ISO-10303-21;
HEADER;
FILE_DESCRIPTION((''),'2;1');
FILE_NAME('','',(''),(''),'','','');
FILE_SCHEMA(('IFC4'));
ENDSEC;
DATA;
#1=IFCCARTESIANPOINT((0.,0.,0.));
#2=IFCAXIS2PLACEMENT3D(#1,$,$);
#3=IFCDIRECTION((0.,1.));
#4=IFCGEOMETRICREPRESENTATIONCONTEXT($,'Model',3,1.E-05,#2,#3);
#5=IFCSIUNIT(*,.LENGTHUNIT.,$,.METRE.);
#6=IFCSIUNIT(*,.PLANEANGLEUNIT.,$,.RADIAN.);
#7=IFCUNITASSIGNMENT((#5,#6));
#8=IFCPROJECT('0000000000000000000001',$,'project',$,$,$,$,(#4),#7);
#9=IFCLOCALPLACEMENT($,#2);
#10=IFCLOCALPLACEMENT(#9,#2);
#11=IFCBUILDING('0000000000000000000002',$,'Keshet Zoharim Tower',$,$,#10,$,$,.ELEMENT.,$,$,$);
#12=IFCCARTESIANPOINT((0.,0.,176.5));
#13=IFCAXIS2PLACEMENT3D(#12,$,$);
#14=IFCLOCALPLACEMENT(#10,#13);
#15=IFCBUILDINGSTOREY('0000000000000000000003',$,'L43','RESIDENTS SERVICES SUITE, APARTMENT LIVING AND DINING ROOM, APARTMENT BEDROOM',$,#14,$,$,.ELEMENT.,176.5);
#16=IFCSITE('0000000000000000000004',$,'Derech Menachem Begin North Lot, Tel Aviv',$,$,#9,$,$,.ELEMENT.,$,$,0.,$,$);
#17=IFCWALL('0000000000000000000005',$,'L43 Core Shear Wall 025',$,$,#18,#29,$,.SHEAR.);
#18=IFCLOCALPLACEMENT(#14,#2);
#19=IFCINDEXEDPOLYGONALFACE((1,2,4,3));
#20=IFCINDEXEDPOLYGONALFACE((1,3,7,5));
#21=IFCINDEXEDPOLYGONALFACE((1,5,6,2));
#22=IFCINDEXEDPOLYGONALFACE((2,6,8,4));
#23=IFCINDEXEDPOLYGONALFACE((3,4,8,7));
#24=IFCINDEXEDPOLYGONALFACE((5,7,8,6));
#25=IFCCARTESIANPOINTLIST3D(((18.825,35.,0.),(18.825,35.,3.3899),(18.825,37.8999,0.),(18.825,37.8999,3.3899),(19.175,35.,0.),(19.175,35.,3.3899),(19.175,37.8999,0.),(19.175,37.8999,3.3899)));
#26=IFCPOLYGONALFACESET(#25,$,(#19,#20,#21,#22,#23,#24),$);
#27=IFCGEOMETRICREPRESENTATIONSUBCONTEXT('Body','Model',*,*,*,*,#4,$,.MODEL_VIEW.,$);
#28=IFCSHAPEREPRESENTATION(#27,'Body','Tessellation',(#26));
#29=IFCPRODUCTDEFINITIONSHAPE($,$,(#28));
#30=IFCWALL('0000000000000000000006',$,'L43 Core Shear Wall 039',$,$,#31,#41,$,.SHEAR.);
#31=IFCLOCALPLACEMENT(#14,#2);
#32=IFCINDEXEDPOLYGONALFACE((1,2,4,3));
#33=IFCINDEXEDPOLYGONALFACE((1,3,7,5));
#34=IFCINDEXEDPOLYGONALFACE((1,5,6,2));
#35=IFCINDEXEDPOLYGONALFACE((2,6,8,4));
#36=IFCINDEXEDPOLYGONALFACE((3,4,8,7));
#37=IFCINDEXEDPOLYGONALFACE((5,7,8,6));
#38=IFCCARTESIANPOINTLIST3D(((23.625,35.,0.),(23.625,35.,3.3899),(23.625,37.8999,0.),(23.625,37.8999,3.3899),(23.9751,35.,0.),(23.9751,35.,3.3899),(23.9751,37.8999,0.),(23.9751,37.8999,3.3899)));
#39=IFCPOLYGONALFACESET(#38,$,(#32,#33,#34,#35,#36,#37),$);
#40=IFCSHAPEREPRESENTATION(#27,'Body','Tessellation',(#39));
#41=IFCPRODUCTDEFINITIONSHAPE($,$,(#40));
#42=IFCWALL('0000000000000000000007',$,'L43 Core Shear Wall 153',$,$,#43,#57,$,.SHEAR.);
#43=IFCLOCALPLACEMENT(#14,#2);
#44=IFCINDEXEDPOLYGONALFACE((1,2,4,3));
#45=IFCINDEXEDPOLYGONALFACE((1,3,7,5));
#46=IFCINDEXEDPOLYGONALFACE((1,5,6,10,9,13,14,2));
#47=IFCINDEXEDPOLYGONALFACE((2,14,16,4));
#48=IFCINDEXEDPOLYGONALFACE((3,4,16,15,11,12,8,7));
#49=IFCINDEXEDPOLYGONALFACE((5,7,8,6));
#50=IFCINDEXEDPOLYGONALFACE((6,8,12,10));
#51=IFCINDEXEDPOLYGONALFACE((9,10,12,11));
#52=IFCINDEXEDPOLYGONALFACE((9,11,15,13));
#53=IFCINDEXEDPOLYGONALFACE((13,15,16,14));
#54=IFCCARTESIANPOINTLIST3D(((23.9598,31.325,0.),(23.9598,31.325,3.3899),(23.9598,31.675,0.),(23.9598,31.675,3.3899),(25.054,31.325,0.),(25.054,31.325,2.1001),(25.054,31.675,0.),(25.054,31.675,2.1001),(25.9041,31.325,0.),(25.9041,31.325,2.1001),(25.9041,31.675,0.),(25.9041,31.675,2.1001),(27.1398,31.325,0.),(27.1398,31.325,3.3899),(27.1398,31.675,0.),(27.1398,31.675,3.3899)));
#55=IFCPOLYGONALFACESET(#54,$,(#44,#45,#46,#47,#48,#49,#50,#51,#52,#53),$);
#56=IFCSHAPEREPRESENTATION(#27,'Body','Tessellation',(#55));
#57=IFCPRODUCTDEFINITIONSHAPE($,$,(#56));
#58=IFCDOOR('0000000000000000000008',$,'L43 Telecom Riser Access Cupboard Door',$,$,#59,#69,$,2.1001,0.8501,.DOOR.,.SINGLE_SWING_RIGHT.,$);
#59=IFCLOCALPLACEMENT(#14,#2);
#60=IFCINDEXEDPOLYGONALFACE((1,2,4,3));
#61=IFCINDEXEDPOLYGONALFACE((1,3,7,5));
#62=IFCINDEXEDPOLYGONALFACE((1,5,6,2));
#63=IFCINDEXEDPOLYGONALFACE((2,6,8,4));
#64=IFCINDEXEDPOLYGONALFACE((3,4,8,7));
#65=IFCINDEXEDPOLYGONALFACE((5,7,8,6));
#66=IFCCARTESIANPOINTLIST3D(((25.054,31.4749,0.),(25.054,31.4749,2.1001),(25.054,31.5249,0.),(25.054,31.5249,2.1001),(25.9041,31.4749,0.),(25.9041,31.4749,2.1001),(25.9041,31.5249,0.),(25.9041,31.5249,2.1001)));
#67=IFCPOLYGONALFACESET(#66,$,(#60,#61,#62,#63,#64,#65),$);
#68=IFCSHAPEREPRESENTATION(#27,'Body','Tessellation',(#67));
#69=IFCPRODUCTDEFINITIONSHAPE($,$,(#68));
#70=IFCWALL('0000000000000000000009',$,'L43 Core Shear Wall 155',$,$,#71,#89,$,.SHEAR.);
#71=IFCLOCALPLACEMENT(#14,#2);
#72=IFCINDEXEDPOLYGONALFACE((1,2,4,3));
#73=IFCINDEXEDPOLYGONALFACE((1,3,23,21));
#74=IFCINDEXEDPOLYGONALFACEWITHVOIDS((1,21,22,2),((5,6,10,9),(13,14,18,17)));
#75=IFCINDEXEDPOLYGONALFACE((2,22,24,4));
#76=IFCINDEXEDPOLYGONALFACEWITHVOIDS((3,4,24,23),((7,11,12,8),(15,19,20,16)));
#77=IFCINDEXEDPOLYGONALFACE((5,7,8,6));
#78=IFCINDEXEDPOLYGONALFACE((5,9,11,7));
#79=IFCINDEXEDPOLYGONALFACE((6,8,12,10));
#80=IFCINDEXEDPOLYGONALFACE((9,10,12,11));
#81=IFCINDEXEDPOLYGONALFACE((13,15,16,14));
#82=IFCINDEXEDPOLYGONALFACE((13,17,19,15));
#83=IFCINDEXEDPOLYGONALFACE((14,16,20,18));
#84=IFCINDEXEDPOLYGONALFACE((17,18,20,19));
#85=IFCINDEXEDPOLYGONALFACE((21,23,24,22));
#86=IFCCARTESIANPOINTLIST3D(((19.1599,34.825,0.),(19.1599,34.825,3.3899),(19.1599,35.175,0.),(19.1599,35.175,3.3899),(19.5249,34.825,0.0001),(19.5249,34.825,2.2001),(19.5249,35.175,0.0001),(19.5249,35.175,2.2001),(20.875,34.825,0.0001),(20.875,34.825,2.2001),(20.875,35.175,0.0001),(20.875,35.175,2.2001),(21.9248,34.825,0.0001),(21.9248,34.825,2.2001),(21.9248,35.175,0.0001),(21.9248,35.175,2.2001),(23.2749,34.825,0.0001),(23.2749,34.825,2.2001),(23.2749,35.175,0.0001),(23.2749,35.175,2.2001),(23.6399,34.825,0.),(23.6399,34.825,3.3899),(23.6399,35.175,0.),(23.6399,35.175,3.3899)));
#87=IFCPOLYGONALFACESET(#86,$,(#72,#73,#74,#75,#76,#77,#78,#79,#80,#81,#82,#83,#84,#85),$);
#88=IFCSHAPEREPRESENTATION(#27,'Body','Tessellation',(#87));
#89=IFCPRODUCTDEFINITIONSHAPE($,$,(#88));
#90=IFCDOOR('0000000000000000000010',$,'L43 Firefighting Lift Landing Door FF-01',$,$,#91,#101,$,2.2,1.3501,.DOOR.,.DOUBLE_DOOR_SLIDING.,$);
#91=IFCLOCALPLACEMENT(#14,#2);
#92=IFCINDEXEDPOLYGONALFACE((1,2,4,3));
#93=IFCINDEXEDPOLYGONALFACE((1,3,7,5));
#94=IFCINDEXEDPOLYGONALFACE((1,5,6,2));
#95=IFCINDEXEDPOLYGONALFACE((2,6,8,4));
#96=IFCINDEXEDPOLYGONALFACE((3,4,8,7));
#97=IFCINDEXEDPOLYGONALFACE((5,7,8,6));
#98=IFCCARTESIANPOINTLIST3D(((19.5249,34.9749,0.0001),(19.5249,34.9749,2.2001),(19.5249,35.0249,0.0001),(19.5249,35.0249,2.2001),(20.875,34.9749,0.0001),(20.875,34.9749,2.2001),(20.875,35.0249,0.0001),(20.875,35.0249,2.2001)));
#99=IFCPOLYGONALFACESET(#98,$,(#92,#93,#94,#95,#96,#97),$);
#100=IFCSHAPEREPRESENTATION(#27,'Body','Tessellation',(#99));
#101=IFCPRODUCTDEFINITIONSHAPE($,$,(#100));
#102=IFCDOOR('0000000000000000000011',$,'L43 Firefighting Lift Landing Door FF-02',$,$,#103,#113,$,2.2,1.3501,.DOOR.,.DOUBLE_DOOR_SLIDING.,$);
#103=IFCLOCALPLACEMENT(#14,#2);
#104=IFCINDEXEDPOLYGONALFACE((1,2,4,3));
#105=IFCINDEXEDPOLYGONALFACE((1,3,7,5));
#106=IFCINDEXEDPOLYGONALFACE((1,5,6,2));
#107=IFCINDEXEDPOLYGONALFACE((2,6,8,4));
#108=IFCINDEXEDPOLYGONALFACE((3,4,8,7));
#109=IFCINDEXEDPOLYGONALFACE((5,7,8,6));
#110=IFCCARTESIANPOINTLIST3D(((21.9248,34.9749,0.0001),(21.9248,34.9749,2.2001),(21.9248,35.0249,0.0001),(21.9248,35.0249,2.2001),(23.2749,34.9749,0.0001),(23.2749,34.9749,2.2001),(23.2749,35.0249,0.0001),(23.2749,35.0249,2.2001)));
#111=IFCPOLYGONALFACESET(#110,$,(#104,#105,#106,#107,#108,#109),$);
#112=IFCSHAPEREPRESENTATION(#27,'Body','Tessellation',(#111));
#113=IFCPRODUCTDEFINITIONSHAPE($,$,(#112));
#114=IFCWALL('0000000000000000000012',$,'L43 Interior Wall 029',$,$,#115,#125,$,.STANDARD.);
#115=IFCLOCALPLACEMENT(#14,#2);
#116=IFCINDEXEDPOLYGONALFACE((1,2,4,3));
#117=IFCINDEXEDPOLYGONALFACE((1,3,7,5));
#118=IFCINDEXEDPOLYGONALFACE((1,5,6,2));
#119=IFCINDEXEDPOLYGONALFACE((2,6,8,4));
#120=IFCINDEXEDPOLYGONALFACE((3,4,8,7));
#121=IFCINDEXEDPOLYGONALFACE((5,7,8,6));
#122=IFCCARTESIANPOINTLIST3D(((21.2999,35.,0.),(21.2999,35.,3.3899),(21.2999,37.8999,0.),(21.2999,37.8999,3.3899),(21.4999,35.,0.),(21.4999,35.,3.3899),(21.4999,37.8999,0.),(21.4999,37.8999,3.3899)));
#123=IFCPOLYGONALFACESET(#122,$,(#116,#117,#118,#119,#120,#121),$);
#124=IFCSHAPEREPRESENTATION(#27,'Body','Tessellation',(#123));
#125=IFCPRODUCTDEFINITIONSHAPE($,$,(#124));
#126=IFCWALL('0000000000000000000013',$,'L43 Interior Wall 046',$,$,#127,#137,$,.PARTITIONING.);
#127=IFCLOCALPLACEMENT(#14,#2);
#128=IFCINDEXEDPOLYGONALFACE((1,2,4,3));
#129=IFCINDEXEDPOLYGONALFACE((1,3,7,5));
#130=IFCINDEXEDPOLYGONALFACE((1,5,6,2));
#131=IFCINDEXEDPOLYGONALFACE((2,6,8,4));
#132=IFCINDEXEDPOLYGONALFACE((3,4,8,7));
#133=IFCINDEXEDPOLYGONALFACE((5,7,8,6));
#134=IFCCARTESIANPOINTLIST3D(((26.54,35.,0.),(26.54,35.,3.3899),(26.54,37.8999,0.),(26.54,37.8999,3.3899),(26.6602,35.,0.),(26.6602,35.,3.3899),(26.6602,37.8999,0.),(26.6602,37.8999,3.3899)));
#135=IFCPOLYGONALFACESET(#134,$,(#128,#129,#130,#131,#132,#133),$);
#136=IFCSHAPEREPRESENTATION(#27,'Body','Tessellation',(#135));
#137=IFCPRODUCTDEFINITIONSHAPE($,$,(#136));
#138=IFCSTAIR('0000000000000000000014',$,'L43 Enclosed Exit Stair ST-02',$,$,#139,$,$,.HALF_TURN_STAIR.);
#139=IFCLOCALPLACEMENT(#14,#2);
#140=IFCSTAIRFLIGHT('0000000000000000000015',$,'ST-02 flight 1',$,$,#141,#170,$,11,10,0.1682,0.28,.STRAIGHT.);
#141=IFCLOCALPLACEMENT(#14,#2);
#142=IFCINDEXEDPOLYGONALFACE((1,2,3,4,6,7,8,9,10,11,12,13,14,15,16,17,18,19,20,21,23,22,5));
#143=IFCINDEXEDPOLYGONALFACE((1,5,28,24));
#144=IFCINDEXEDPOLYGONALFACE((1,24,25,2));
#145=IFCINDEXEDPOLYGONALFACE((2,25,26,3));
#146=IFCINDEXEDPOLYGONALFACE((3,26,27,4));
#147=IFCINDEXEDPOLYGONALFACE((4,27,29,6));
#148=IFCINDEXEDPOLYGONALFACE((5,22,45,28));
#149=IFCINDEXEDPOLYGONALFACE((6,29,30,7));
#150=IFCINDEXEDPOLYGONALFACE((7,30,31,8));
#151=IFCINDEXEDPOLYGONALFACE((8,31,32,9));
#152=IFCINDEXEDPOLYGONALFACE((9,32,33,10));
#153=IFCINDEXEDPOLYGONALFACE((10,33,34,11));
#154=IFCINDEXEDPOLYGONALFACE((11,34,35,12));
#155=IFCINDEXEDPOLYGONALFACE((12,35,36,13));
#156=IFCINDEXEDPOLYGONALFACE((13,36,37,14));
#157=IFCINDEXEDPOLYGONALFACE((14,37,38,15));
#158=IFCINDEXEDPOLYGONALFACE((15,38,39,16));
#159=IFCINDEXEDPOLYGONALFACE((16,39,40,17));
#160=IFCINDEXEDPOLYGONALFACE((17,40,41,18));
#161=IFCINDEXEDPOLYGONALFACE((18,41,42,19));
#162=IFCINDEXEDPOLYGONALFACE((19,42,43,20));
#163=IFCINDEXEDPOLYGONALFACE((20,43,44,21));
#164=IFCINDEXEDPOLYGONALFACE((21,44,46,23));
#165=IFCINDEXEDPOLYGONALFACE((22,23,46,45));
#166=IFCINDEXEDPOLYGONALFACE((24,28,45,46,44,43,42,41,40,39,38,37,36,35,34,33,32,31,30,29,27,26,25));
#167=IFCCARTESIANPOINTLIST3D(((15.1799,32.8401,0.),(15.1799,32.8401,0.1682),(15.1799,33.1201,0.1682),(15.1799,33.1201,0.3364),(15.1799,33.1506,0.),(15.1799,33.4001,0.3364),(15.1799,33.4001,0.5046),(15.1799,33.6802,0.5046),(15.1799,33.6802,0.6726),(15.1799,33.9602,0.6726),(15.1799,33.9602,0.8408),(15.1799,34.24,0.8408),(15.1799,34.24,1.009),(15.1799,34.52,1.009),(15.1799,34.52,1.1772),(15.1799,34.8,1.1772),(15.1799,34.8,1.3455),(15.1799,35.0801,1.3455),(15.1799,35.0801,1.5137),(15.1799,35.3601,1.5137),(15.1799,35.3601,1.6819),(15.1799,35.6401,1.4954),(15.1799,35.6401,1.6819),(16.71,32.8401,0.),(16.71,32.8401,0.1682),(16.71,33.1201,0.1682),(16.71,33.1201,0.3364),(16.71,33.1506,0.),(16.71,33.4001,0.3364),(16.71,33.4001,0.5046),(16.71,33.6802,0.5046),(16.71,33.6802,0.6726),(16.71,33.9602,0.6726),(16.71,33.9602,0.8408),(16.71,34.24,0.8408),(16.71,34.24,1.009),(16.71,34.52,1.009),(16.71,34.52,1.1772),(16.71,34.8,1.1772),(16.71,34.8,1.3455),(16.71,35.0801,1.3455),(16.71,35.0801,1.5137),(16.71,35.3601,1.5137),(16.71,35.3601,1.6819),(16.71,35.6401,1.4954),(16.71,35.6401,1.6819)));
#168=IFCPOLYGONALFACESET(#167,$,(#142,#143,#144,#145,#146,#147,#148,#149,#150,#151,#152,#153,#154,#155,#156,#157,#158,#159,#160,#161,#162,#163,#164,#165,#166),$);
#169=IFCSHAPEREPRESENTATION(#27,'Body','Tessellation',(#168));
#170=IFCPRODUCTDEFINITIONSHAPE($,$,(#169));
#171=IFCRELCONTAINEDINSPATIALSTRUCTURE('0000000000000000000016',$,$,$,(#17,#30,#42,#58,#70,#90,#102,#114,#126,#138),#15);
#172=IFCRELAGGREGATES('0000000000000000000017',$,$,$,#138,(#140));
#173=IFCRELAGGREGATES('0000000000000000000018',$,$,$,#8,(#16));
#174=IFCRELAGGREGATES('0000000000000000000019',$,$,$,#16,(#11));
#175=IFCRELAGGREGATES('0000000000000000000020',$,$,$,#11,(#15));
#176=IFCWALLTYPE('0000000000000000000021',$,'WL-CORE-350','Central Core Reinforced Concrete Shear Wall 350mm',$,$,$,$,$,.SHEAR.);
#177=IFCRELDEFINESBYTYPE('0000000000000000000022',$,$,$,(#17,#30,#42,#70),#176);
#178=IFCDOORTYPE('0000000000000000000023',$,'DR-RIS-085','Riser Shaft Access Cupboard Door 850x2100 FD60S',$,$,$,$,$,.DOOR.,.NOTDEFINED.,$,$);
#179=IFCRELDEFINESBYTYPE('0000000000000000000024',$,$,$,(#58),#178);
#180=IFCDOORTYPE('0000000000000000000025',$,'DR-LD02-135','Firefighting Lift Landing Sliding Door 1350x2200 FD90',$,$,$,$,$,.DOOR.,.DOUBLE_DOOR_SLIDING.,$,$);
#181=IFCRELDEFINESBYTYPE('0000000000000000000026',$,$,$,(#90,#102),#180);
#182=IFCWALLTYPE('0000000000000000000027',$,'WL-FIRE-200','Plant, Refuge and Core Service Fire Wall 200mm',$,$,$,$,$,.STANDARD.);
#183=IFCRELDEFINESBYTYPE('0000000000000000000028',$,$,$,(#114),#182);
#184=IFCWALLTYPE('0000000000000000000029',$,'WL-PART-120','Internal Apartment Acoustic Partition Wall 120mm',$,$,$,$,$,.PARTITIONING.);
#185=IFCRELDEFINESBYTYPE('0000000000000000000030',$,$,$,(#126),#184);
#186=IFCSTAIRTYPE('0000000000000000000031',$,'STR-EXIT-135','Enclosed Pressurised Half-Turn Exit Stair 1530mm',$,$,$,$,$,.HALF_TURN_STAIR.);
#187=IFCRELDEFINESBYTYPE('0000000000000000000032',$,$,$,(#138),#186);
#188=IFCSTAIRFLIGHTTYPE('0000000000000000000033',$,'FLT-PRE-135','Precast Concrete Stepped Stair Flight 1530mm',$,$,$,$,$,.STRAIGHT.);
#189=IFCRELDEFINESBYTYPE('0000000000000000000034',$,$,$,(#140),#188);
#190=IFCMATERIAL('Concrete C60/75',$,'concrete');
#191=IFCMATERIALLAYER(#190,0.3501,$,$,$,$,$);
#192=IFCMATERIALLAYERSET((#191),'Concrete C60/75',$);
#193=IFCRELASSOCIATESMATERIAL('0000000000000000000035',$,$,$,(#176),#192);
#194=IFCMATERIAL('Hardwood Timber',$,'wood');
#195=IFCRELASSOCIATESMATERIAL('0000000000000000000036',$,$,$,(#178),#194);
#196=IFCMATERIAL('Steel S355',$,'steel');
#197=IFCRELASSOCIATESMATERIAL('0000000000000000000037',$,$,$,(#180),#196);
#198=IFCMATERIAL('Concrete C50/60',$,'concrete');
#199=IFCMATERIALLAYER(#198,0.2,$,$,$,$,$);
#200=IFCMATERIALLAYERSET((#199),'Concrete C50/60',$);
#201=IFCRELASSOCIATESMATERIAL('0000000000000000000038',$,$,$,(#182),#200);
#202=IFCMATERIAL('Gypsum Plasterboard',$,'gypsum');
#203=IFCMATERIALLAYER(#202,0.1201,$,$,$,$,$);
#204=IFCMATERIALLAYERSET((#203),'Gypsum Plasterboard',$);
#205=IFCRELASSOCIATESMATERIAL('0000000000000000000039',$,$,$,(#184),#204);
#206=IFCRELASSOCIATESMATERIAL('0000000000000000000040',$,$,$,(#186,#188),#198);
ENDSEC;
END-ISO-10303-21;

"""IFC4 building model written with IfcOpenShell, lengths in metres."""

from ifc_helpers import new_model, si_unit, direction, frame, frame_2d, origin, place, context, subcontext, project, spatial, polyline, rectangle, outline, extrude, material, layer, layer_set, type_object, element, fill, aggregate, save


model = new_model("IFC4")

# Units and contexts
model_context = context("Model", 3, precision=1e-05, world=origin(), true_north=direction((0.0, 1.0)))
body_context = subcontext(model_context, "Body", "Model", "MODEL_VIEW")
ifc_project = project(units=[si_unit("LENGTHUNIT", "METRE"), si_unit("PLANEANGLEUNIT", "RADIAN")], contexts=[model_context])

# Site, building, storey
site_placement = place(None, origin())
site = spatial("IfcSite", under=ifc_project, at=site_placement, Name="Derech Menachem Begin North Lot, Tel Aviv", CompositionType="ELEMENT", RefElevation=0.0)
building_placement = place(site_placement, origin())
building = spatial("IfcBuilding", under=site, at=building_placement, Name="Keshet Zoharim Tower", CompositionType="ELEMENT")
storey_placement = place(building_placement, frame((0.0, 0.0, 176.5)))
storey = spatial("IfcBuildingStorey", under=building, at=storey_placement, Name="L43", Description="RESIDENTS SERVICES SUITE, APARTMENT LIVING AND DINING ROOM, APARTMENT BEDROOM", CompositionType="ELEMENT", Elevation=176.5)

# Wall
ifc_material_1 = material(Name="Concrete C60/75", Category="concrete")
ifc_layer_1 = layer(ifc_material_1, 0.3501)
ifc_layer_set_1 = layer_set([ifc_layer_1], Name="Concrete C60/75")
wall_type_1 = type_object("IfcWallType", Name="WL-CORE-350", Description="Central Core Reinforced Concrete Shear Wall 350mm", PredefinedType="SHEAR", material=ifc_layer_set_1)
wall_1_placement = place(storey_placement, frame((19.0, 35.0, 0.0), z_axis=(0.0, 0.0, 1.0), x_axis=(0.0, 1.0, 0.0)))
element("IfcWall", 1, at=wall_1_placement, inside=storey, type_object=wall_type_1, Name="L43 Core Shear Wall 025", PredefinedType="SHEAR", context=body_context, shape_type="SweptSolid", body=[
    extrude(rectangle(XDim=2.8999, YDim=0.3501, at=frame_2d((1.45, 0.0))), origin(), (0.0, 0.0, 1.0), 3.3899),
])

# Shared definitions
ifc_material_2 = material(Name="Hardwood Timber", Category="wood")

# Wall
wall_2_placement = place(storey_placement, frame((23.8, 35.0, 0.0), z_axis=(0.0, 0.0, 1.0), x_axis=(0.0, 1.0, 0.0)))
element("IfcWall", 2, at=wall_2_placement, inside=storey, type_object=wall_type_1, Name="L43 Core Shear Wall 039", PredefinedType="SHEAR", context=body_context, shape_type="SweptSolid", body=[
    extrude(rectangle(XDim=2.8999, YDim=0.3501, at=frame_2d((1.45, 0.0))), origin(), (0.0, 0.0, 1.0), 3.3899),
])

# Wall, opening, door
wall_3_placement = place(storey_placement, frame((23.96, 31.5, 0.0), z_axis=(0.0, 0.0, 1.0), x_axis=(1.0, 0.0, 0.0)))
wall_3 = element("IfcWall", 3, at=wall_3_placement, inside=storey, type_object=wall_type_1, Name="L43 Core Shear Wall 153", PredefinedType="SHEAR", context=body_context, shape_type="SweptSolid", body=[
    extrude(rectangle(XDim=3.1799, YDim=0.3501, at=frame_2d((1.5898, 0.0))), origin(), (0.0, 0.0, 1.0), 3.3899),
])
opening_1_placement = place(wall_3_placement, frame((1.094, 0.0, 0.0)))
opening_1 = element("IfcOpeningElement", 4, at=opening_1_placement, cuts=wall_3, PredefinedType="OPENING", context=body_context, shape_type="SweptSolid", body=[
    extrude(rectangle(XDim=0.8501, YDim=2.1001, at=frame_2d((0.425, 1.05))), frame((0.0, 0.1851, 0.0), z_axis=(0.0, -1.0, 0.0), x_axis=(1.0, 0.0, 0.0)), (0.0, 0.0, 1.0), 0.3701),
])
door_type_1 = type_object("IfcDoorType", Name="DR-RIS-085", Description="Riser Shaft Access Cupboard Door 850x2100 FD60S", OperationType="NOTDEFINED", PredefinedType="DOOR", material=ifc_material_2)
door_1_placement = place(opening_1_placement, origin())
door_1 = element("IfcDoor", 5, at=door_1_placement, inside=storey, type_object=door_type_1, Name="L43 Telecom Riser Access Cupboard Door", OperationType="SINGLE_SWING_RIGHT", OverallHeight=2.1001, OverallWidth=0.8501, PredefinedType="DOOR", context=body_context, shape_type="SweptSolid", body=[
    extrude(rectangle(XDim=0.8501, YDim=2.1001, at=frame_2d((0.425, 1.05))), frame((0.0, 0.0249, 0.0), z_axis=(0.0, -1.0, 0.0), x_axis=(1.0, 0.0, 0.0)), (0.0, 0.0, 1.0), 0.05),
])
fill(opening_1, door_1)

# Wall, openings, doors
wall_4_placement = place(storey_placement, frame((19.1599, 35.0, 0.0), z_axis=(0.0, 0.0, 1.0), x_axis=(1.0, 0.0, 0.0)))
wall_4 = element("IfcWall", 6, at=wall_4_placement, inside=storey, type_object=wall_type_1, Name="L43 Core Shear Wall 155", PredefinedType="SHEAR", context=body_context, shape_type="SweptSolid", body=[
    extrude(rectangle(XDim=4.48, YDim=0.3501, at=frame_2d((2.24, 0.0))), origin(), (0.0, 0.0, 1.0), 3.3899),
])
opening_2_placement = place(wall_4_placement, frame((0.365, 0.0, 0.0)))
opening_2 = element("IfcOpeningElement", 7, at=opening_2_placement, cuts=wall_4, PredefinedType="OPENING", context=body_context, shape_type="SweptSolid", body=[
    extrude(rectangle(XDim=1.3501, YDim=2.2, at=frame_2d((0.675, 1.1001))), frame((0.0, 0.1851, 0.0), z_axis=(0.0, -1.0, 0.0), x_axis=(1.0, 0.0, 0.0)), (0.0, 0.0, 1.0), 0.3701),
])
opening_3_placement = place(wall_4_placement, frame((2.7649, 0.0, 0.0)))
opening_3 = element("IfcOpeningElement", 8, at=opening_3_placement, cuts=wall_4, PredefinedType="OPENING", context=body_context, shape_type="SweptSolid", body=[
    extrude(rectangle(XDim=1.3501, YDim=2.2, at=frame_2d((0.675, 1.1001))), frame((0.0, 0.1851, 0.0), z_axis=(0.0, -1.0, 0.0), x_axis=(1.0, 0.0, 0.0)), (0.0, 0.0, 1.0), 0.3701),
])
ifc_material_3 = material(Name="Steel S355", Category="steel")
door_type_2 = type_object("IfcDoorType", Name="DR-LD02-135", Description="Firefighting Lift Landing Sliding Door 1350x2200 FD90", OperationType="DOUBLE_DOOR_SLIDING", PredefinedType="DOOR", material=ifc_material_3)
door_2_placement = place(opening_2_placement, origin())
door_2 = element("IfcDoor", 9, at=door_2_placement, inside=storey, type_object=door_type_2, Name="L43 Firefighting Lift Landing Door FF-01", OperationType="DOUBLE_DOOR_SLIDING", OverallHeight=2.2, OverallWidth=1.3501, PredefinedType="DOOR", context=body_context, shape_type="SweptSolid", body=[
    extrude(rectangle(XDim=1.3501, YDim=2.2, at=frame_2d((0.675, 1.1001))), frame((0.0, 0.0249, 0.0), z_axis=(0.0, -1.0, 0.0), x_axis=(1.0, 0.0, 0.0)), (0.0, 0.0, 1.0), 0.05),
])
fill(opening_2, door_2)
door_3_placement = place(opening_3_placement, origin())
door_3 = element("IfcDoor", 10, at=door_3_placement, inside=storey, type_object=door_type_2, Name="L43 Firefighting Lift Landing Door FF-02", OperationType="DOUBLE_DOOR_SLIDING", OverallHeight=2.2, OverallWidth=1.3501, PredefinedType="DOOR", context=body_context, shape_type="SweptSolid", body=[
    extrude(rectangle(XDim=1.3501, YDim=2.2, at=frame_2d((0.675, 1.1001))), frame((0.0, 0.0249, 0.0), z_axis=(0.0, -1.0, 0.0), x_axis=(1.0, 0.0, 0.0)), (0.0, 0.0, 1.0), 0.05),
])
fill(opening_3, door_3)

# Walls
ifc_material_4 = material(Name="Concrete C50/60", Category="concrete")
ifc_layer_2 = layer(ifc_material_4, 0.2)
ifc_layer_set_2 = layer_set([ifc_layer_2], Name="Concrete C50/60")
wall_type_2 = type_object("IfcWallType", Name="WL-FIRE-200", Description="Plant, Refuge and Core Service Fire Wall 200mm", PredefinedType="STANDARD", material=ifc_layer_set_2)
wall_5_placement = place(storey_placement, frame((21.3999, 35.0, 0.0), z_axis=(0.0, 0.0, 1.0), x_axis=(0.0, 1.0, 0.0)))
element("IfcWall", 11, at=wall_5_placement, inside=storey, type_object=wall_type_2, Name="L43 Interior Wall 029", PredefinedType="STANDARD", context=body_context, shape_type="SweptSolid", body=[
    extrude(rectangle(XDim=2.8999, YDim=0.2, at=frame_2d((1.45, 0.0))), origin(), (0.0, 0.0, 1.0), 3.3899),
])
ifc_material_5 = material(Name="Gypsum Plasterboard", Category="gypsum")
ifc_layer_3 = layer(ifc_material_5, 0.1201)
ifc_layer_set_3 = layer_set([ifc_layer_3], Name="Gypsum Plasterboard")
wall_type_3 = type_object("IfcWallType", Name="WL-PART-120", Description="Internal Apartment Acoustic Partition Wall 120mm", PredefinedType="PARTITIONING", material=ifc_layer_set_3)
wall_6_placement = place(storey_placement, frame((26.6001, 35.0, 0.0), z_axis=(0.0, 0.0, 1.0), x_axis=(0.0, 1.0, 0.0)))
element("IfcWall", 12, at=wall_6_placement, inside=storey, type_object=wall_type_3, Name="L43 Interior Wall 046", PredefinedType="PARTITIONING", context=body_context, shape_type="SweptSolid", body=[
    extrude(rectangle(XDim=2.8999, YDim=0.1201, at=frame_2d((1.45, 0.0))), origin(), (0.0, 0.0, 1.0), 3.3899),
])

# Stair, stair flight
stair_type = type_object("IfcStairType", Name="STR-EXIT-135", Description="Enclosed Pressurised Half-Turn Exit Stair 1530mm", PredefinedType="HALF_TURN_STAIR", material=ifc_material_4)
stair_placement = place(storey_placement, origin())
stair = element("IfcStair", 13, at=stair_placement, inside=storey, type_object=stair_type, Name="L43 Enclosed Exit Stair ST-02", PredefinedType="HALF_TURN_STAIR")
stair_flight_type = type_object("IfcStairFlightType", Name="FLT-PRE-135", Description="Precast Concrete Stepped Stair Flight 1530mm", PredefinedType="STRAIGHT", material=ifc_material_4)
stair_flight_1_placement = place(storey_placement, frame((15.9451, 32.8401, 0.0), z_axis=(0.0, 0.0, 1.0), x_axis=(0.0, 1.0, 0.0)))
stair_flight_1 = element("IfcStairFlight", 14, at=stair_flight_1_placement, type_object=stair_flight_type, Name="ST-02 flight 1", NumberOfRisers=11, NumberOfTreads=10, PredefinedType="STRAIGHT", RiserHeight=0.1682, TreadLength=0.28, context=body_context, shape_type="SweptSolid", body=[
    extrude(outline(polyline([(0.0, 0.0), (0.0, 0.1682), (0.28, 0.1682), (0.28, 0.3364), (0.5601, 0.3364), (0.5601, 0.5046), (0.8401, 0.5046), (0.8401, 0.6726), (1.1201, 0.6726), (1.1201, 0.8408), (1.3999, 0.8408), (1.3999, 1.009), (1.6799, 1.009), (1.6799, 1.1772), (1.96, 1.1772), (1.96, 1.3455), (2.24, 1.3455), (2.24, 1.5137), (2.52, 1.5137), (2.52, 1.6819), (2.8, 1.6819), (2.8, 1.8501), (2.8, 1.4954), (0.3105, 0.0), (0.0, 0.0)])), frame((0.0, 0.7651, 0.0), z_axis=(0.0, -1.0, 0.0), x_axis=(1.0, 0.0, 0.0)), (0.0, 0.0, 1.0), 1.53),
])
aggregate(stair, [stair_flight_1])

save(model, "model.ifc")
